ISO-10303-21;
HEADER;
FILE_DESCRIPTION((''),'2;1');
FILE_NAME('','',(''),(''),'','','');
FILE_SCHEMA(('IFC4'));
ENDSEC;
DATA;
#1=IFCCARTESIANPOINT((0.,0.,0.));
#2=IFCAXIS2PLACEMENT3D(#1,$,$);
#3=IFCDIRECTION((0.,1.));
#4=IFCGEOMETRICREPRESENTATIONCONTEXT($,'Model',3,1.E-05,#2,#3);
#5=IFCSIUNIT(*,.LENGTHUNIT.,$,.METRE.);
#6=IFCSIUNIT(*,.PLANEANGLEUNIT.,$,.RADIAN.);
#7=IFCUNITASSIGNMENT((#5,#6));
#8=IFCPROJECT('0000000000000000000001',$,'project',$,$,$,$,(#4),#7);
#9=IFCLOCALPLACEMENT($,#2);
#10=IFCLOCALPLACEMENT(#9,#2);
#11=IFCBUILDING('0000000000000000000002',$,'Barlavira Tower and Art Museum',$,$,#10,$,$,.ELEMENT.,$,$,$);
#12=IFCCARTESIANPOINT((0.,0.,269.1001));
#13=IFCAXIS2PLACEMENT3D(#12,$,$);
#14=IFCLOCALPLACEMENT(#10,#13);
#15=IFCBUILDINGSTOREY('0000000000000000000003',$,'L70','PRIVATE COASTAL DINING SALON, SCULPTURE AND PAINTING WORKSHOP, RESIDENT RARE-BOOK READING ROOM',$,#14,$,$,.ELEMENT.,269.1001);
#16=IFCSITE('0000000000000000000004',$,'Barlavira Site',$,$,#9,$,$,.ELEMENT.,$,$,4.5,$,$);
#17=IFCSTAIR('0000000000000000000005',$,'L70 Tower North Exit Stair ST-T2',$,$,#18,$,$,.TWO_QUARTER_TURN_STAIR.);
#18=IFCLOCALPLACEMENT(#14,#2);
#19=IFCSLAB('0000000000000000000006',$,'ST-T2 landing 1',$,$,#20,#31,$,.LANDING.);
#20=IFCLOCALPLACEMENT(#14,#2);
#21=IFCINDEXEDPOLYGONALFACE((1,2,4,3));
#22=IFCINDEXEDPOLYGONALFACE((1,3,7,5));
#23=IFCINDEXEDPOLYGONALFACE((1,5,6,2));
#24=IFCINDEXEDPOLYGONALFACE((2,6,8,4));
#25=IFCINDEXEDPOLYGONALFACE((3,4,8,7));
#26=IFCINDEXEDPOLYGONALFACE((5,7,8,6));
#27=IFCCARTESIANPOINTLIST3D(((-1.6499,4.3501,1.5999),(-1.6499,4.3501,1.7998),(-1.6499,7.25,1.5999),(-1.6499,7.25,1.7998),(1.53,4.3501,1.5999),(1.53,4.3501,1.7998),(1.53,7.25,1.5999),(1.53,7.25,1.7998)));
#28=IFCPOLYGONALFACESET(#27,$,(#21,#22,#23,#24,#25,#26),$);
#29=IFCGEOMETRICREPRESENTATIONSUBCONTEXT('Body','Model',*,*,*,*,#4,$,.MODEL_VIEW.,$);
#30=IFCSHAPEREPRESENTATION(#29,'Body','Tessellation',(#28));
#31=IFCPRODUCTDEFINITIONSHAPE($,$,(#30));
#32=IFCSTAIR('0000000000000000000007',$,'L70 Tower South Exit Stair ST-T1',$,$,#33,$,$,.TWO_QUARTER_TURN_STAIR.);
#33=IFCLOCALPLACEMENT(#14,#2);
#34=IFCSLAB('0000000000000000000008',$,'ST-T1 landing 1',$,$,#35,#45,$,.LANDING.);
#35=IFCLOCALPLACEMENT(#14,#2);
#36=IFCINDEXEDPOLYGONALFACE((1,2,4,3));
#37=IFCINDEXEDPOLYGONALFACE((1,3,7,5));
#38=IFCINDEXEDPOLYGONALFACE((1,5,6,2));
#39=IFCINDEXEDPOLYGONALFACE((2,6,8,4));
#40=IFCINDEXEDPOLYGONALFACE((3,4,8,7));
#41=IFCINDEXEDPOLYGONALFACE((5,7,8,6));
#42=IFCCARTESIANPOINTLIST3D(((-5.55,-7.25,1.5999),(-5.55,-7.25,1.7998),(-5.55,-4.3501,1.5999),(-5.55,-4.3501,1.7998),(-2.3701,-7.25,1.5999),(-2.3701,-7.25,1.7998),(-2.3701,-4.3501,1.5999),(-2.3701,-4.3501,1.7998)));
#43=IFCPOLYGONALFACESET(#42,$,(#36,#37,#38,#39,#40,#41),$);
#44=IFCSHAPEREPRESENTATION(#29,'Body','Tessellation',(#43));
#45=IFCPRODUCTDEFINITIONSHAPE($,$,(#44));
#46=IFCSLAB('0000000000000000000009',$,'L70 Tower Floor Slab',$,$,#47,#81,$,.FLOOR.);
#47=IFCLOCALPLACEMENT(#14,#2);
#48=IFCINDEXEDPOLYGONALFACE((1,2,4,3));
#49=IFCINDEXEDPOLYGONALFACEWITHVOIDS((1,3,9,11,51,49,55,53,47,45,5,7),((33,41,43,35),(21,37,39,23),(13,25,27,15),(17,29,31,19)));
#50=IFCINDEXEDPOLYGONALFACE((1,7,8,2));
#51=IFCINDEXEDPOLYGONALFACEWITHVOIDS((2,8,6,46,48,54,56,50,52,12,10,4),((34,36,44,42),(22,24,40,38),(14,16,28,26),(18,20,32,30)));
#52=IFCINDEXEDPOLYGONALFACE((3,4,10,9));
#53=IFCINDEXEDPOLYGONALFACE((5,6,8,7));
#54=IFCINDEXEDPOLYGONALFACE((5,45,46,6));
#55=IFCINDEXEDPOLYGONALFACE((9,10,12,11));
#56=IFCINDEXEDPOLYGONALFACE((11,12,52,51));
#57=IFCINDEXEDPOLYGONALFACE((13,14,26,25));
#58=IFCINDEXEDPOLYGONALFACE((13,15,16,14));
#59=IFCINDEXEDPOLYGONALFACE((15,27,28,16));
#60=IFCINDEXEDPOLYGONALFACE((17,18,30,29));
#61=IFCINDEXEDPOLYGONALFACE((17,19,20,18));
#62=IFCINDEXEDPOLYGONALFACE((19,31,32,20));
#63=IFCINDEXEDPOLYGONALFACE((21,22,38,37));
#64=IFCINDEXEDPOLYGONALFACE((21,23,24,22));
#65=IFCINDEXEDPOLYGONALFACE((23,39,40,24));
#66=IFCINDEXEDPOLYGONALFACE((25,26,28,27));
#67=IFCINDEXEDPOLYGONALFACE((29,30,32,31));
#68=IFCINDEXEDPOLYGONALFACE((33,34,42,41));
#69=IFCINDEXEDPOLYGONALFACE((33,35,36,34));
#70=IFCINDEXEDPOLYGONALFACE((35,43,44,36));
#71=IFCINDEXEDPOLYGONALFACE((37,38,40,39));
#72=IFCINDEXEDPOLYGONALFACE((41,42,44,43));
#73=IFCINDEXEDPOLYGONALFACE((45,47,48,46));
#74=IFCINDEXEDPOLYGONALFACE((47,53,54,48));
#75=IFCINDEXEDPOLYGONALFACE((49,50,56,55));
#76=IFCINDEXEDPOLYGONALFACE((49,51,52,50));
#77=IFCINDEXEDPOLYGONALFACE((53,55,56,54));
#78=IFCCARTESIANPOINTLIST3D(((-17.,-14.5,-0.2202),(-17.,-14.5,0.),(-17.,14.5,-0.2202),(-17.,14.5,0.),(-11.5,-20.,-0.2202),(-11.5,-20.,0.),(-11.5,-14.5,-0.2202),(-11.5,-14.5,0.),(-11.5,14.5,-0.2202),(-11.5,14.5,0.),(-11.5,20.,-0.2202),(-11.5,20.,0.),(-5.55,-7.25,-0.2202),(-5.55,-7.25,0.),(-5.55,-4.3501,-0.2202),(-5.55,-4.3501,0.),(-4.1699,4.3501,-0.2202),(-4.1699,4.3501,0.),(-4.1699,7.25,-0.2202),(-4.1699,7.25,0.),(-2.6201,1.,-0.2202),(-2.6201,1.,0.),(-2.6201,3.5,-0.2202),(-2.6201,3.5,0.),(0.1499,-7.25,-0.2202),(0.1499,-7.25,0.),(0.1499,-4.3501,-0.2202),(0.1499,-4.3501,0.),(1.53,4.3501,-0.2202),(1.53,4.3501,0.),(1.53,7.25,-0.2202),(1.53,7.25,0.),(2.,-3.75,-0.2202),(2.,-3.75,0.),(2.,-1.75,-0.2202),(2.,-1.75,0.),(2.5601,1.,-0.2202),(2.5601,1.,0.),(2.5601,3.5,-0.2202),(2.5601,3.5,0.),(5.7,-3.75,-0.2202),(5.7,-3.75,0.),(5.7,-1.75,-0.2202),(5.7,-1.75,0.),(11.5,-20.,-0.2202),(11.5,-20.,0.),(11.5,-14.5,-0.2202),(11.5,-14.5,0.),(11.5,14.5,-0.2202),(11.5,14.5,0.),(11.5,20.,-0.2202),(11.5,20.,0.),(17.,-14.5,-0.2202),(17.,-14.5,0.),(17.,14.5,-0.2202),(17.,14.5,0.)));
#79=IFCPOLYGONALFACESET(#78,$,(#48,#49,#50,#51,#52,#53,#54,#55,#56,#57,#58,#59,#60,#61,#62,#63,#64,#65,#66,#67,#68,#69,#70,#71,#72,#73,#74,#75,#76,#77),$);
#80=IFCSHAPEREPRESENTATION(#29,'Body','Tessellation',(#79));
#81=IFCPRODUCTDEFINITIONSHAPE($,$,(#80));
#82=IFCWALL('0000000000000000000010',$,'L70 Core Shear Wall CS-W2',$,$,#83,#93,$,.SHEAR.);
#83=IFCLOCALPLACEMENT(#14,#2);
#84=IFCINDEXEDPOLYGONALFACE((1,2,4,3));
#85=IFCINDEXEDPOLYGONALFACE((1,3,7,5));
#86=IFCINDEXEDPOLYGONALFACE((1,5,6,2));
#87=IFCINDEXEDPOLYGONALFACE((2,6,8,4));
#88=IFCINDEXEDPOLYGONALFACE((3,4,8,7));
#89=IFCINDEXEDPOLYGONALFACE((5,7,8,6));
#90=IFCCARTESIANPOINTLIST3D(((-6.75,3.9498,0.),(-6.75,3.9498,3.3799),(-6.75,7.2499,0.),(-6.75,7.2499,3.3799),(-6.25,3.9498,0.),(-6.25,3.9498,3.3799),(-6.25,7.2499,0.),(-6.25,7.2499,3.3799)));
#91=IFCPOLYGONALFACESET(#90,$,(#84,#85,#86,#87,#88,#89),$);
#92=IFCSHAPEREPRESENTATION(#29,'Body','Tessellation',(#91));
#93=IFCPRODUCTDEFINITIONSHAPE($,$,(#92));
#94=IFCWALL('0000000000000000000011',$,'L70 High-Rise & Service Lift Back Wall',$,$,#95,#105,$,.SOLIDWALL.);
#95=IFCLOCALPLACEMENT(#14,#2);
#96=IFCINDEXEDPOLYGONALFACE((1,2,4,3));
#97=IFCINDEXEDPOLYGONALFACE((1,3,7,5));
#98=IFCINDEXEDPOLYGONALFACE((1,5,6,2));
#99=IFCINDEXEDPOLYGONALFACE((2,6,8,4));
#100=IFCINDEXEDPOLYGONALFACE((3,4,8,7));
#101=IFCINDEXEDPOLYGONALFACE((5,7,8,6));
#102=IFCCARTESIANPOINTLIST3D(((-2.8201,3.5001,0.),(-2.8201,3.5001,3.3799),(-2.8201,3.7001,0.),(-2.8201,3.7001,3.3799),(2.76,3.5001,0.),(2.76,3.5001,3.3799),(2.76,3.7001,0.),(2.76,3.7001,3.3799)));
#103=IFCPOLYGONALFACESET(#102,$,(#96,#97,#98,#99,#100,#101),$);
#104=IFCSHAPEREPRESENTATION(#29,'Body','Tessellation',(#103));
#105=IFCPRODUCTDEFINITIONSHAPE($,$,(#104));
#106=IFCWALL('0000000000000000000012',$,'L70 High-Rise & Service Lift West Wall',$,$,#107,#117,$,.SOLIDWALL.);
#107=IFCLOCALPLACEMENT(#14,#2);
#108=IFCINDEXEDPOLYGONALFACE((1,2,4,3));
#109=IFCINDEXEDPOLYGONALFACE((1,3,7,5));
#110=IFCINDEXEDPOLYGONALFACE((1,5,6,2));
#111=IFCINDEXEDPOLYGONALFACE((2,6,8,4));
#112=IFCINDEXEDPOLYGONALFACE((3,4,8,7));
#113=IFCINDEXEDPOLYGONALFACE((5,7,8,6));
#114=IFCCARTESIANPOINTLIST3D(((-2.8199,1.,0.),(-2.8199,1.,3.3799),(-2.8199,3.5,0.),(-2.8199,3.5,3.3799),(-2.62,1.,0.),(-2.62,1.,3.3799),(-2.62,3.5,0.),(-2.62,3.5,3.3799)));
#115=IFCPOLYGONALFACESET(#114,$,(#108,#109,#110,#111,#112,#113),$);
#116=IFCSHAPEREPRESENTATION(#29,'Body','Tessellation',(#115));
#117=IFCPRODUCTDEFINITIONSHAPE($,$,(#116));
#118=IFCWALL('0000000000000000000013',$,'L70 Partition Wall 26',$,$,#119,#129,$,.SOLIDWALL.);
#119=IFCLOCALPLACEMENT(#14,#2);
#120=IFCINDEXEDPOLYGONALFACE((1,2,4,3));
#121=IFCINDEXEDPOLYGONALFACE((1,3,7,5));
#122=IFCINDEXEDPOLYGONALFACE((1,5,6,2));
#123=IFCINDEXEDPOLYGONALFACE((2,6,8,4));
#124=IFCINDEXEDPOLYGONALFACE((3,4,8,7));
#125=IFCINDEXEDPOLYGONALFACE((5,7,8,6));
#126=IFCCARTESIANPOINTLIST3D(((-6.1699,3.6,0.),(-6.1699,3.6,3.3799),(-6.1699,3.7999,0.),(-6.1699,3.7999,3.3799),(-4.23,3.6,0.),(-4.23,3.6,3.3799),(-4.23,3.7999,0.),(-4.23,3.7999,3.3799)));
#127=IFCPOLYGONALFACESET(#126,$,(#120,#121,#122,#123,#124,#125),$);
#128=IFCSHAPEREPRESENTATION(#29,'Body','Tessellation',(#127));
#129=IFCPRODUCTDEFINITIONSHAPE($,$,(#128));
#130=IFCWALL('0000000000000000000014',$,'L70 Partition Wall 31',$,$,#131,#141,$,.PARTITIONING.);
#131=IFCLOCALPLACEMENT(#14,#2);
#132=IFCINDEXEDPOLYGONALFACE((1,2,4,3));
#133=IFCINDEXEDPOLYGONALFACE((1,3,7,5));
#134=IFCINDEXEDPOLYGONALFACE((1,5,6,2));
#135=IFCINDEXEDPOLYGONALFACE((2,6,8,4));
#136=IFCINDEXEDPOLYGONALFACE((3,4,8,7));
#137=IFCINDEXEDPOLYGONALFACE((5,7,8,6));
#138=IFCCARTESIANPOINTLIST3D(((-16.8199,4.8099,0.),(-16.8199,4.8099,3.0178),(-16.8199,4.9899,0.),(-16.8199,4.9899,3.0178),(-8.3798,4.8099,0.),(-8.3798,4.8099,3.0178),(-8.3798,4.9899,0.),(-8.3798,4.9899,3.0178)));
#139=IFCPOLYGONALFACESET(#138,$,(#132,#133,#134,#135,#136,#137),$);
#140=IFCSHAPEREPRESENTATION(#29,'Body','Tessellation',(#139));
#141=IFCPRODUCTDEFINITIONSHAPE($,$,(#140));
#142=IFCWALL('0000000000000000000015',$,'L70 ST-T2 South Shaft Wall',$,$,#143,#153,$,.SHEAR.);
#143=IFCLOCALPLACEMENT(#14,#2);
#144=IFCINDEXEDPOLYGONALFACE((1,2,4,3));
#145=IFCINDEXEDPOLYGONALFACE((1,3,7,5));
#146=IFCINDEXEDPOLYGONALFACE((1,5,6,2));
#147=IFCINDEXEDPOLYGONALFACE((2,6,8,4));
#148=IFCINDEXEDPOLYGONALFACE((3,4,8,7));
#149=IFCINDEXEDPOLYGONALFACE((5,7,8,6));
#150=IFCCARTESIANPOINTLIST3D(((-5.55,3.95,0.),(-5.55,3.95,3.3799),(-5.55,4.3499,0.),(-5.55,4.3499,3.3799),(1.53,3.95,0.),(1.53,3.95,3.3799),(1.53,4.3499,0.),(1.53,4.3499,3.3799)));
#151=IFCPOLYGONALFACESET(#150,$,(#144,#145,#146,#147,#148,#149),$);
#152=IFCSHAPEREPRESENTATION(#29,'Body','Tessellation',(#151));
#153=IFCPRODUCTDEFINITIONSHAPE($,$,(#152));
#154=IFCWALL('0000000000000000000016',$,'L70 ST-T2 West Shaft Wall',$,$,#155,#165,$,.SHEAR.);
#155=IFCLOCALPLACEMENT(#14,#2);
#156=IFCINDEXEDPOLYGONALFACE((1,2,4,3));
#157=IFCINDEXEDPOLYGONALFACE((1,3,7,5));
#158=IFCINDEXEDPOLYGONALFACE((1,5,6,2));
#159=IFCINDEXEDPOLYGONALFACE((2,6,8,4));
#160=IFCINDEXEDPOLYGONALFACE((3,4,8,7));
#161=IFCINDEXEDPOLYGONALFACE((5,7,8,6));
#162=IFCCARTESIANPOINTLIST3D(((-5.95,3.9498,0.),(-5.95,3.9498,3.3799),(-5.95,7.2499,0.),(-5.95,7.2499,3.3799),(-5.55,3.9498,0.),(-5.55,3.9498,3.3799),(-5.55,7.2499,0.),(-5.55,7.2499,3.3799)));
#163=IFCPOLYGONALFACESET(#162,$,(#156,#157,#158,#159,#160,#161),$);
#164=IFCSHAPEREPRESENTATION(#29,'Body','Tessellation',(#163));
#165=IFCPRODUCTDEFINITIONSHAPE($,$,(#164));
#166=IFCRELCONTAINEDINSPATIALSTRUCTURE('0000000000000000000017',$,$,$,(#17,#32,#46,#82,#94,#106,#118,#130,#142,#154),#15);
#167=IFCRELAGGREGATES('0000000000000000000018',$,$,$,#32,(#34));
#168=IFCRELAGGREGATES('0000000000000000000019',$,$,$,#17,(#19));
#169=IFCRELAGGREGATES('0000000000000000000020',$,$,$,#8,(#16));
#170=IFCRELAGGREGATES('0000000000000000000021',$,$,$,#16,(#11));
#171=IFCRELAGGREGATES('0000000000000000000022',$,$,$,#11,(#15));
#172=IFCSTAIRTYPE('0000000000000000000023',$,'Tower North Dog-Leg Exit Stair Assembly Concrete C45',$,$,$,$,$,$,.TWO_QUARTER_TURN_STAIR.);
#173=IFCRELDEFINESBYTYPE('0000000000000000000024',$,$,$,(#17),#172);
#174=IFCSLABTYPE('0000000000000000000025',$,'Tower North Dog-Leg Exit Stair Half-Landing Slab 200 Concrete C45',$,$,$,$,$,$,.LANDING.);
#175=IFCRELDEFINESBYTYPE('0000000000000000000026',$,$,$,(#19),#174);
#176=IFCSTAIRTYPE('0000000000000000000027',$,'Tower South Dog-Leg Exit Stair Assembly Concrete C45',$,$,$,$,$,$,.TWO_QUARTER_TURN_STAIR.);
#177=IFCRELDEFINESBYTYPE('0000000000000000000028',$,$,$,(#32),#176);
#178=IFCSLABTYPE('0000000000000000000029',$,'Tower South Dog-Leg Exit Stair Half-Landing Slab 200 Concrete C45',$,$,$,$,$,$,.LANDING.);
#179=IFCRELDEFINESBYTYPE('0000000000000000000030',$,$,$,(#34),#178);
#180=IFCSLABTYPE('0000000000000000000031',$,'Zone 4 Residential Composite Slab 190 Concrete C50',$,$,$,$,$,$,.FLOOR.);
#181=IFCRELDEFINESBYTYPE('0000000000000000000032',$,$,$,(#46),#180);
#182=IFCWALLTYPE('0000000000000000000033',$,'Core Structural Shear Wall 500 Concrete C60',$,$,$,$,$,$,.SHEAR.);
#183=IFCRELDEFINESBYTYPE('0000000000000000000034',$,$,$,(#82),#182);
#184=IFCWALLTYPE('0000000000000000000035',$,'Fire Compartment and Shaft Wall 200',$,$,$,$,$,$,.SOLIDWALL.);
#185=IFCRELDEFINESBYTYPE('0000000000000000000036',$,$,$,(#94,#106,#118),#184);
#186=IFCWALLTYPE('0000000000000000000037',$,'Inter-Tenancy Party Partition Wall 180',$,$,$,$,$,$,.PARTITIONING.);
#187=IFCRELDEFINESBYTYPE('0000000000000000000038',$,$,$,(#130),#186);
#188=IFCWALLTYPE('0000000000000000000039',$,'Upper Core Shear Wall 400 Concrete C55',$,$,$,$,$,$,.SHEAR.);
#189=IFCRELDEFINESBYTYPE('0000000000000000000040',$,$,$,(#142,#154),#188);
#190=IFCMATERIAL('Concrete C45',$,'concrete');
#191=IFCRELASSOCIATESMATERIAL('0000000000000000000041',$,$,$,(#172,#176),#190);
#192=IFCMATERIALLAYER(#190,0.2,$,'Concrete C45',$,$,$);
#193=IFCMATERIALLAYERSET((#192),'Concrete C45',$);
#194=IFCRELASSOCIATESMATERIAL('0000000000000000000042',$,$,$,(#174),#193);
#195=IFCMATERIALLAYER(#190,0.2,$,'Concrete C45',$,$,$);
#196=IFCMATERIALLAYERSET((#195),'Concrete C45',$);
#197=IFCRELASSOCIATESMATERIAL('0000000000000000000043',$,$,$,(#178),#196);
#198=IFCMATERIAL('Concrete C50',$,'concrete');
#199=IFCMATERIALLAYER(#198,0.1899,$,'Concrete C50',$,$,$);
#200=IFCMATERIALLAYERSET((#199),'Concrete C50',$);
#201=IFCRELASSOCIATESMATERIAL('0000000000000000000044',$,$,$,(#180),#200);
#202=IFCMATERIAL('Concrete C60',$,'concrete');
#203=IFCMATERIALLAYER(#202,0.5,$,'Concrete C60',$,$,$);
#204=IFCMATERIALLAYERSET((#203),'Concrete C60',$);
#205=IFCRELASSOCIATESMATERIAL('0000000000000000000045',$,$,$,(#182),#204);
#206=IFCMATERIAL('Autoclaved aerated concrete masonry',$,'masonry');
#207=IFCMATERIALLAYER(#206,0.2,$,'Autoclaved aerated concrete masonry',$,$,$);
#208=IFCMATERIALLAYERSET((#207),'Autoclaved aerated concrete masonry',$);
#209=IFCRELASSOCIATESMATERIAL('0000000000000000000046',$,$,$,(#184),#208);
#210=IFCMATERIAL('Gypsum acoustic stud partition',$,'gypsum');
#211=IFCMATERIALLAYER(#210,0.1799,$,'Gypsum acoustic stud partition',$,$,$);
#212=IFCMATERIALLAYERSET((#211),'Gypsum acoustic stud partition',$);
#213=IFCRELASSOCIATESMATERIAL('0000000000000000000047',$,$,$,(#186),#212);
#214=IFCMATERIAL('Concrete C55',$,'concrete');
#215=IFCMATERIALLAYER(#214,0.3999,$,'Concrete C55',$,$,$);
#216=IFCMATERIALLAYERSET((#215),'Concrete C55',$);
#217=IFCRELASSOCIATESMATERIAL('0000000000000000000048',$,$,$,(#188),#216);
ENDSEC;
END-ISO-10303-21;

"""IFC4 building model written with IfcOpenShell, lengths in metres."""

from ifc_helpers import new_model, si_unit, direction, frame, frame_2d, origin, place, context, subcontext, project, spatial, polyline, rectangle, outline, extrude, material, layer, layer_set, type_object, element, aggregate, save


model = new_model("IFC4")

# Units and contexts
model_context = context("Model", 3, precision=1e-05, world=origin(), true_north=direction((0.0, 1.0)))
body_context = subcontext(model_context, "Body", "Model", "MODEL_VIEW")
ifc_project = project(units=[si_unit("LENGTHUNIT", "METRE"), si_unit("PLANEANGLEUNIT", "RADIAN")], contexts=[model_context])

# Site, building, storey
site_placement = place(None, origin())
site = spatial("IfcSite", under=ifc_project, at=site_placement, Name="Barlavira Site", CompositionType="ELEMENT", RefElevation=4.5)
building_placement = place(site_placement, origin())
building = spatial("IfcBuilding", under=site, at=building_placement, Name="Barlavira Tower and Art Museum", CompositionType="ELEMENT")
storey_placement = place(building_placement, frame((0.0, 0.0, 269.1001)))
storey = spatial("IfcBuildingStorey", under=building, at=storey_placement, Name="L70", Description="PRIVATE COASTAL DINING SALON, SCULPTURE AND PAINTING WORKSHOP, RESIDENT RARE-BOOK READING ROOM", CompositionType="ELEMENT", Elevation=269.1001)

# Stairs, slabs
ifc_material_1 = material(Name="Concrete C45", Category="concrete")
stair_type_1 = type_object("IfcStairType", Name="Tower North Dog-Leg Exit Stair Assembly Concrete C45", PredefinedType="TWO_QUARTER_TURN_STAIR", material=ifc_material_1)
stair_1_placement = place(storey_placement, origin())
stair_1 = element("IfcStair", 1, at=stair_1_placement, inside=storey, type_object=stair_type_1, Name="L70 Tower North Exit Stair ST-T2", PredefinedType="TWO_QUARTER_TURN_STAIR")
ifc_layer_1 = layer(ifc_material_1, 0.2, Name="Concrete C45")
ifc_layer_set_1 = layer_set([ifc_layer_1], Name="Concrete C45")
slab_type_1 = type_object("IfcSlabType", Name="Tower North Dog-Leg Exit Stair Half-Landing Slab 200 Concrete C45", PredefinedType="LANDING", material=ifc_layer_set_1)
slab_1_placement = place(storey_placement, frame((0.0, 0.0, 1.5999)))
slab_1 = element("IfcSlab", 2, at=slab_1_placement, type_object=slab_type_1, Name="ST-T2 landing 1", PredefinedType="LANDING", context=body_context, shape_type="SweptSolid", body=[
    extrude(outline(polyline([(-1.6499, 4.3501), (1.53, 4.3501), (1.53, 7.25), (-1.6499, 7.25), (-1.6499, 4.3501)])), origin(), (0.0, 0.0, 1.0), 0.2),
])
stair_type_2 = type_object("IfcStairType", Name="Tower South Dog-Leg Exit Stair Assembly Concrete C45", PredefinedType="TWO_QUARTER_TURN_STAIR", material=ifc_material_1)
stair_2_placement = place(storey_placement, origin())
stair_2 = element("IfcStair", 3, at=stair_2_placement, inside=storey, type_object=stair_type_2, Name="L70 Tower South Exit Stair ST-T1", PredefinedType="TWO_QUARTER_TURN_STAIR")
ifc_layer_2 = layer(ifc_material_1, 0.2, Name="Concrete C45")
ifc_layer_set_2 = layer_set([ifc_layer_2], Name="Concrete C45")
slab_type_2 = type_object("IfcSlabType", Name="Tower South Dog-Leg Exit Stair Half-Landing Slab 200 Concrete C45", PredefinedType="LANDING", material=ifc_layer_set_2)
slab_2_placement = place(storey_placement, frame((0.0, 0.0, 1.5999)))
slab_2 = element("IfcSlab", 4, at=slab_2_placement, type_object=slab_type_2, Name="ST-T1 landing 1", PredefinedType="LANDING", context=body_context, shape_type="SweptSolid", body=[
    extrude(outline(polyline([(-2.3701, -4.3501), (-5.55, -4.3501), (-5.55, -7.25), (-2.3701, -7.25), (-2.3701, -4.3501)])), origin(), (0.0, 0.0, 1.0), 0.2),
])
aggregate(stair_2, [slab_2])

# Slab
ifc_material_2 = material(Name="Concrete C50", Category="concrete")
ifc_layer_3 = layer(ifc_material_2, 0.1899, Name="Concrete C50")
ifc_layer_set_3 = layer_set([ifc_layer_3], Name="Concrete C50")
slab_type_3 = type_object("IfcSlabType", Name="Zone 4 Residential Composite Slab 190 Concrete C50", PredefinedType="FLOOR", material=ifc_layer_set_3)
slab_3_placement = place(storey_placement, frame((0.0, 0.0, -0.2202)))
element("IfcSlab", 5, at=slab_3_placement, inside=storey, type_object=slab_type_3, Name="L70 Tower Floor Slab", PredefinedType="FLOOR", context=body_context, shape_type="SweptSolid", body=[
    extrude(outline(polyline([(-11.5, -20.0), (11.5, -20.0), (11.5, -14.5), (17.0, -14.5), (17.0, 14.5), (11.5, 14.5), (11.5, 20.0), (-11.5, 20.0), (-11.5, 14.5), (-17.0, 14.5), (-17.0, -14.5), (-11.5, -14.5), (-11.5, -20.0)]), holes=[polyline([(0.1499, -4.3501), (-5.55, -4.3501), (-5.55, -7.25), (0.1499, -7.25), (0.1499, -4.3501)]), polyline([(-4.1699, 4.3501), (1.53, 4.3501), (1.53, 7.25), (-4.1699, 7.25), (-4.1699, 4.3501)]), polyline([(-2.6201, 1.0), (2.5601, 1.0), (2.5601, 3.5), (-2.6201, 3.5), (-2.6201, 1.0)]), polyline([(2.0, -3.75), (5.7, -3.75), (5.7, -1.75), (2.0, -1.75), (2.0, -3.75)])]), origin(), (0.0, 0.0, 1.0), 0.2202),
])

# Wall
ifc_material_3 = material(Name="Concrete C60", Category="concrete")
ifc_layer_4 = layer(ifc_material_3, 0.5, Name="Concrete C60")
ifc_layer_set_4 = layer_set([ifc_layer_4], Name="Concrete C60")
wall_type_1 = type_object("IfcWallType", Name="Core Structural Shear Wall 500 Concrete C60", PredefinedType="SHEAR", material=ifc_layer_set_4)
wall_1_placement = place(storey_placement, frame((-6.5, 3.95, 0.0), z_axis=(0.0, 0.0, 1.0), x_axis=(0.0, 1.0, 0.0)))
element("IfcWall", 6, at=wall_1_placement, inside=storey, type_object=wall_type_1, Name="L70 Core Shear Wall CS-W2", PredefinedType="SHEAR", context=body_context, shape_type="SweptSolid", body=[
    extrude(rectangle(XDim=3.3, YDim=0.5, at=frame_2d((1.6499, 0.0))), origin(), (0.0, 0.0, 1.0), 3.3799),
])

# Shared definitions
ifc_material_4 = material(Name="Autoclaved aerated concrete masonry", Category="masonry")
ifc_layer_5 = layer(ifc_material_4, 0.2, Name="Autoclaved aerated concrete masonry")
ifc_layer_set_5 = layer_set([ifc_layer_5], Name="Autoclaved aerated concrete masonry")
wall_type_2 = type_object("IfcWallType", Name="Fire Compartment and Shaft Wall 200", PredefinedType="SOLIDWALL", material=ifc_layer_set_5)

# Walls
wall_2_placement = place(storey_placement, frame((-2.8201, 3.6001, 0.0), z_axis=(0.0, 0.0, 1.0), x_axis=(1.0, 0.0, 0.0)))
element("IfcWall", 7, at=wall_2_placement, inside=storey, type_object=wall_type_2, Name="L70 High-Rise & Service Lift Back Wall", PredefinedType="SOLIDWALL", context=body_context, shape_type="SweptSolid", body=[
    extrude(rectangle(XDim=5.5801, YDim=0.2, at=frame_2d((2.79, 0.0))), origin(), (0.0, 0.0, 1.0), 3.3799),
])
wall_3_placement = place(storey_placement, frame((-2.72, 1.0, 0.0), z_axis=(0.0, 0.0, 1.0), x_axis=(0.0, 1.0, 0.0)))
element("IfcWall", 8, at=wall_3_placement, inside=storey, type_object=wall_type_2, Name="L70 High-Rise & Service Lift West Wall", PredefinedType="SOLIDWALL", context=body_context, shape_type="SweptSolid", body=[
    extrude(rectangle(XDim=2.5, YDim=0.2, at=frame_2d((1.25, 0.0))), origin(), (0.0, 0.0, 1.0), 3.3799),
])
wall_4_placement = place(storey_placement, frame((-6.1699, 3.7, 0.0), z_axis=(0.0, 0.0, 1.0), x_axis=(1.0, 0.0, 0.0)))
element("IfcWall", 9, at=wall_4_placement, inside=storey, type_object=wall_type_2, Name="L70 Partition Wall 26", PredefinedType="SOLIDWALL", context=body_context, shape_type="SweptSolid", body=[
    extrude(rectangle(XDim=1.9399, YDim=0.2, at=frame_2d((0.97, 0.0))), origin(), (0.0, 0.0, 1.0), 3.3799),
])
ifc_material_5 = material(Name="Gypsum acoustic stud partition", Category="gypsum")
ifc_layer_6 = layer(ifc_material_5, 0.1799, Name="Gypsum acoustic stud partition")
ifc_layer_set_6 = layer_set([ifc_layer_6], Name="Gypsum acoustic stud partition")
wall_type_3 = type_object("IfcWallType", Name="Inter-Tenancy Party Partition Wall 180", PredefinedType="PARTITIONING", material=ifc_layer_set_6)
wall_5_placement = place(storey_placement, frame((-16.8201, 4.8999, 0.0), z_axis=(0.0, 0.0, 1.0), x_axis=(1.0, 0.0, 0.0)))
element("IfcWall", 10, at=wall_5_placement, inside=storey, type_object=wall_type_3, Name="L70 Partition Wall 31", PredefinedType="PARTITIONING", context=body_context, shape_type="SweptSolid", body=[
    extrude(rectangle(XDim=8.4402, YDim=0.1799, at=frame_2d((4.2202, 0.0))), origin(), (0.0, 0.0, 1.0), 3.0178),
])
ifc_material_6 = material(Name="Concrete C55", Category="concrete")
ifc_layer_7 = layer(ifc_material_6, 0.3999, Name="Concrete C55")
ifc_layer_set_7 = layer_set([ifc_layer_7], Name="Concrete C55")
wall_type_4 = type_object("IfcWallType", Name="Upper Core Shear Wall 400 Concrete C55", PredefinedType="SHEAR", material=ifc_layer_set_7)
wall_6_placement = place(storey_placement, frame((-5.55, 4.1499, 0.0), z_axis=(0.0, 0.0, 1.0), x_axis=(1.0, 0.0, 0.0)))
element("IfcWall", 11, at=wall_6_placement, inside=storey, type_object=wall_type_4, Name="L70 ST-T2 South Shaft Wall", PredefinedType="SHEAR", context=body_context, shape_type="SweptSolid", body=[
    extrude(rectangle(XDim=7.0801, YDim=0.3999, at=frame_2d((3.54, 0.0))), origin(), (0.0, 0.0, 1.0), 3.3799),
])
wall_7_placement = place(storey_placement, frame((-5.75, 3.95, 0.0), z_axis=(0.0, 0.0, 1.0), x_axis=(0.0, 1.0, 0.0)))
element("IfcWall", 12, at=wall_7_placement, inside=storey, type_object=wall_type_4, Name="L70 ST-T2 West Shaft Wall", PredefinedType="SHEAR", context=body_context, shape_type="SweptSolid", body=[
    extrude(rectangle(XDim=3.3, YDim=0.3999, at=frame_2d((1.6499, 0.0))), origin(), (0.0, 0.0, 1.0), 3.3799),
])

aggregate(stair_1, [slab_1])

save(model, "model.ifc")
